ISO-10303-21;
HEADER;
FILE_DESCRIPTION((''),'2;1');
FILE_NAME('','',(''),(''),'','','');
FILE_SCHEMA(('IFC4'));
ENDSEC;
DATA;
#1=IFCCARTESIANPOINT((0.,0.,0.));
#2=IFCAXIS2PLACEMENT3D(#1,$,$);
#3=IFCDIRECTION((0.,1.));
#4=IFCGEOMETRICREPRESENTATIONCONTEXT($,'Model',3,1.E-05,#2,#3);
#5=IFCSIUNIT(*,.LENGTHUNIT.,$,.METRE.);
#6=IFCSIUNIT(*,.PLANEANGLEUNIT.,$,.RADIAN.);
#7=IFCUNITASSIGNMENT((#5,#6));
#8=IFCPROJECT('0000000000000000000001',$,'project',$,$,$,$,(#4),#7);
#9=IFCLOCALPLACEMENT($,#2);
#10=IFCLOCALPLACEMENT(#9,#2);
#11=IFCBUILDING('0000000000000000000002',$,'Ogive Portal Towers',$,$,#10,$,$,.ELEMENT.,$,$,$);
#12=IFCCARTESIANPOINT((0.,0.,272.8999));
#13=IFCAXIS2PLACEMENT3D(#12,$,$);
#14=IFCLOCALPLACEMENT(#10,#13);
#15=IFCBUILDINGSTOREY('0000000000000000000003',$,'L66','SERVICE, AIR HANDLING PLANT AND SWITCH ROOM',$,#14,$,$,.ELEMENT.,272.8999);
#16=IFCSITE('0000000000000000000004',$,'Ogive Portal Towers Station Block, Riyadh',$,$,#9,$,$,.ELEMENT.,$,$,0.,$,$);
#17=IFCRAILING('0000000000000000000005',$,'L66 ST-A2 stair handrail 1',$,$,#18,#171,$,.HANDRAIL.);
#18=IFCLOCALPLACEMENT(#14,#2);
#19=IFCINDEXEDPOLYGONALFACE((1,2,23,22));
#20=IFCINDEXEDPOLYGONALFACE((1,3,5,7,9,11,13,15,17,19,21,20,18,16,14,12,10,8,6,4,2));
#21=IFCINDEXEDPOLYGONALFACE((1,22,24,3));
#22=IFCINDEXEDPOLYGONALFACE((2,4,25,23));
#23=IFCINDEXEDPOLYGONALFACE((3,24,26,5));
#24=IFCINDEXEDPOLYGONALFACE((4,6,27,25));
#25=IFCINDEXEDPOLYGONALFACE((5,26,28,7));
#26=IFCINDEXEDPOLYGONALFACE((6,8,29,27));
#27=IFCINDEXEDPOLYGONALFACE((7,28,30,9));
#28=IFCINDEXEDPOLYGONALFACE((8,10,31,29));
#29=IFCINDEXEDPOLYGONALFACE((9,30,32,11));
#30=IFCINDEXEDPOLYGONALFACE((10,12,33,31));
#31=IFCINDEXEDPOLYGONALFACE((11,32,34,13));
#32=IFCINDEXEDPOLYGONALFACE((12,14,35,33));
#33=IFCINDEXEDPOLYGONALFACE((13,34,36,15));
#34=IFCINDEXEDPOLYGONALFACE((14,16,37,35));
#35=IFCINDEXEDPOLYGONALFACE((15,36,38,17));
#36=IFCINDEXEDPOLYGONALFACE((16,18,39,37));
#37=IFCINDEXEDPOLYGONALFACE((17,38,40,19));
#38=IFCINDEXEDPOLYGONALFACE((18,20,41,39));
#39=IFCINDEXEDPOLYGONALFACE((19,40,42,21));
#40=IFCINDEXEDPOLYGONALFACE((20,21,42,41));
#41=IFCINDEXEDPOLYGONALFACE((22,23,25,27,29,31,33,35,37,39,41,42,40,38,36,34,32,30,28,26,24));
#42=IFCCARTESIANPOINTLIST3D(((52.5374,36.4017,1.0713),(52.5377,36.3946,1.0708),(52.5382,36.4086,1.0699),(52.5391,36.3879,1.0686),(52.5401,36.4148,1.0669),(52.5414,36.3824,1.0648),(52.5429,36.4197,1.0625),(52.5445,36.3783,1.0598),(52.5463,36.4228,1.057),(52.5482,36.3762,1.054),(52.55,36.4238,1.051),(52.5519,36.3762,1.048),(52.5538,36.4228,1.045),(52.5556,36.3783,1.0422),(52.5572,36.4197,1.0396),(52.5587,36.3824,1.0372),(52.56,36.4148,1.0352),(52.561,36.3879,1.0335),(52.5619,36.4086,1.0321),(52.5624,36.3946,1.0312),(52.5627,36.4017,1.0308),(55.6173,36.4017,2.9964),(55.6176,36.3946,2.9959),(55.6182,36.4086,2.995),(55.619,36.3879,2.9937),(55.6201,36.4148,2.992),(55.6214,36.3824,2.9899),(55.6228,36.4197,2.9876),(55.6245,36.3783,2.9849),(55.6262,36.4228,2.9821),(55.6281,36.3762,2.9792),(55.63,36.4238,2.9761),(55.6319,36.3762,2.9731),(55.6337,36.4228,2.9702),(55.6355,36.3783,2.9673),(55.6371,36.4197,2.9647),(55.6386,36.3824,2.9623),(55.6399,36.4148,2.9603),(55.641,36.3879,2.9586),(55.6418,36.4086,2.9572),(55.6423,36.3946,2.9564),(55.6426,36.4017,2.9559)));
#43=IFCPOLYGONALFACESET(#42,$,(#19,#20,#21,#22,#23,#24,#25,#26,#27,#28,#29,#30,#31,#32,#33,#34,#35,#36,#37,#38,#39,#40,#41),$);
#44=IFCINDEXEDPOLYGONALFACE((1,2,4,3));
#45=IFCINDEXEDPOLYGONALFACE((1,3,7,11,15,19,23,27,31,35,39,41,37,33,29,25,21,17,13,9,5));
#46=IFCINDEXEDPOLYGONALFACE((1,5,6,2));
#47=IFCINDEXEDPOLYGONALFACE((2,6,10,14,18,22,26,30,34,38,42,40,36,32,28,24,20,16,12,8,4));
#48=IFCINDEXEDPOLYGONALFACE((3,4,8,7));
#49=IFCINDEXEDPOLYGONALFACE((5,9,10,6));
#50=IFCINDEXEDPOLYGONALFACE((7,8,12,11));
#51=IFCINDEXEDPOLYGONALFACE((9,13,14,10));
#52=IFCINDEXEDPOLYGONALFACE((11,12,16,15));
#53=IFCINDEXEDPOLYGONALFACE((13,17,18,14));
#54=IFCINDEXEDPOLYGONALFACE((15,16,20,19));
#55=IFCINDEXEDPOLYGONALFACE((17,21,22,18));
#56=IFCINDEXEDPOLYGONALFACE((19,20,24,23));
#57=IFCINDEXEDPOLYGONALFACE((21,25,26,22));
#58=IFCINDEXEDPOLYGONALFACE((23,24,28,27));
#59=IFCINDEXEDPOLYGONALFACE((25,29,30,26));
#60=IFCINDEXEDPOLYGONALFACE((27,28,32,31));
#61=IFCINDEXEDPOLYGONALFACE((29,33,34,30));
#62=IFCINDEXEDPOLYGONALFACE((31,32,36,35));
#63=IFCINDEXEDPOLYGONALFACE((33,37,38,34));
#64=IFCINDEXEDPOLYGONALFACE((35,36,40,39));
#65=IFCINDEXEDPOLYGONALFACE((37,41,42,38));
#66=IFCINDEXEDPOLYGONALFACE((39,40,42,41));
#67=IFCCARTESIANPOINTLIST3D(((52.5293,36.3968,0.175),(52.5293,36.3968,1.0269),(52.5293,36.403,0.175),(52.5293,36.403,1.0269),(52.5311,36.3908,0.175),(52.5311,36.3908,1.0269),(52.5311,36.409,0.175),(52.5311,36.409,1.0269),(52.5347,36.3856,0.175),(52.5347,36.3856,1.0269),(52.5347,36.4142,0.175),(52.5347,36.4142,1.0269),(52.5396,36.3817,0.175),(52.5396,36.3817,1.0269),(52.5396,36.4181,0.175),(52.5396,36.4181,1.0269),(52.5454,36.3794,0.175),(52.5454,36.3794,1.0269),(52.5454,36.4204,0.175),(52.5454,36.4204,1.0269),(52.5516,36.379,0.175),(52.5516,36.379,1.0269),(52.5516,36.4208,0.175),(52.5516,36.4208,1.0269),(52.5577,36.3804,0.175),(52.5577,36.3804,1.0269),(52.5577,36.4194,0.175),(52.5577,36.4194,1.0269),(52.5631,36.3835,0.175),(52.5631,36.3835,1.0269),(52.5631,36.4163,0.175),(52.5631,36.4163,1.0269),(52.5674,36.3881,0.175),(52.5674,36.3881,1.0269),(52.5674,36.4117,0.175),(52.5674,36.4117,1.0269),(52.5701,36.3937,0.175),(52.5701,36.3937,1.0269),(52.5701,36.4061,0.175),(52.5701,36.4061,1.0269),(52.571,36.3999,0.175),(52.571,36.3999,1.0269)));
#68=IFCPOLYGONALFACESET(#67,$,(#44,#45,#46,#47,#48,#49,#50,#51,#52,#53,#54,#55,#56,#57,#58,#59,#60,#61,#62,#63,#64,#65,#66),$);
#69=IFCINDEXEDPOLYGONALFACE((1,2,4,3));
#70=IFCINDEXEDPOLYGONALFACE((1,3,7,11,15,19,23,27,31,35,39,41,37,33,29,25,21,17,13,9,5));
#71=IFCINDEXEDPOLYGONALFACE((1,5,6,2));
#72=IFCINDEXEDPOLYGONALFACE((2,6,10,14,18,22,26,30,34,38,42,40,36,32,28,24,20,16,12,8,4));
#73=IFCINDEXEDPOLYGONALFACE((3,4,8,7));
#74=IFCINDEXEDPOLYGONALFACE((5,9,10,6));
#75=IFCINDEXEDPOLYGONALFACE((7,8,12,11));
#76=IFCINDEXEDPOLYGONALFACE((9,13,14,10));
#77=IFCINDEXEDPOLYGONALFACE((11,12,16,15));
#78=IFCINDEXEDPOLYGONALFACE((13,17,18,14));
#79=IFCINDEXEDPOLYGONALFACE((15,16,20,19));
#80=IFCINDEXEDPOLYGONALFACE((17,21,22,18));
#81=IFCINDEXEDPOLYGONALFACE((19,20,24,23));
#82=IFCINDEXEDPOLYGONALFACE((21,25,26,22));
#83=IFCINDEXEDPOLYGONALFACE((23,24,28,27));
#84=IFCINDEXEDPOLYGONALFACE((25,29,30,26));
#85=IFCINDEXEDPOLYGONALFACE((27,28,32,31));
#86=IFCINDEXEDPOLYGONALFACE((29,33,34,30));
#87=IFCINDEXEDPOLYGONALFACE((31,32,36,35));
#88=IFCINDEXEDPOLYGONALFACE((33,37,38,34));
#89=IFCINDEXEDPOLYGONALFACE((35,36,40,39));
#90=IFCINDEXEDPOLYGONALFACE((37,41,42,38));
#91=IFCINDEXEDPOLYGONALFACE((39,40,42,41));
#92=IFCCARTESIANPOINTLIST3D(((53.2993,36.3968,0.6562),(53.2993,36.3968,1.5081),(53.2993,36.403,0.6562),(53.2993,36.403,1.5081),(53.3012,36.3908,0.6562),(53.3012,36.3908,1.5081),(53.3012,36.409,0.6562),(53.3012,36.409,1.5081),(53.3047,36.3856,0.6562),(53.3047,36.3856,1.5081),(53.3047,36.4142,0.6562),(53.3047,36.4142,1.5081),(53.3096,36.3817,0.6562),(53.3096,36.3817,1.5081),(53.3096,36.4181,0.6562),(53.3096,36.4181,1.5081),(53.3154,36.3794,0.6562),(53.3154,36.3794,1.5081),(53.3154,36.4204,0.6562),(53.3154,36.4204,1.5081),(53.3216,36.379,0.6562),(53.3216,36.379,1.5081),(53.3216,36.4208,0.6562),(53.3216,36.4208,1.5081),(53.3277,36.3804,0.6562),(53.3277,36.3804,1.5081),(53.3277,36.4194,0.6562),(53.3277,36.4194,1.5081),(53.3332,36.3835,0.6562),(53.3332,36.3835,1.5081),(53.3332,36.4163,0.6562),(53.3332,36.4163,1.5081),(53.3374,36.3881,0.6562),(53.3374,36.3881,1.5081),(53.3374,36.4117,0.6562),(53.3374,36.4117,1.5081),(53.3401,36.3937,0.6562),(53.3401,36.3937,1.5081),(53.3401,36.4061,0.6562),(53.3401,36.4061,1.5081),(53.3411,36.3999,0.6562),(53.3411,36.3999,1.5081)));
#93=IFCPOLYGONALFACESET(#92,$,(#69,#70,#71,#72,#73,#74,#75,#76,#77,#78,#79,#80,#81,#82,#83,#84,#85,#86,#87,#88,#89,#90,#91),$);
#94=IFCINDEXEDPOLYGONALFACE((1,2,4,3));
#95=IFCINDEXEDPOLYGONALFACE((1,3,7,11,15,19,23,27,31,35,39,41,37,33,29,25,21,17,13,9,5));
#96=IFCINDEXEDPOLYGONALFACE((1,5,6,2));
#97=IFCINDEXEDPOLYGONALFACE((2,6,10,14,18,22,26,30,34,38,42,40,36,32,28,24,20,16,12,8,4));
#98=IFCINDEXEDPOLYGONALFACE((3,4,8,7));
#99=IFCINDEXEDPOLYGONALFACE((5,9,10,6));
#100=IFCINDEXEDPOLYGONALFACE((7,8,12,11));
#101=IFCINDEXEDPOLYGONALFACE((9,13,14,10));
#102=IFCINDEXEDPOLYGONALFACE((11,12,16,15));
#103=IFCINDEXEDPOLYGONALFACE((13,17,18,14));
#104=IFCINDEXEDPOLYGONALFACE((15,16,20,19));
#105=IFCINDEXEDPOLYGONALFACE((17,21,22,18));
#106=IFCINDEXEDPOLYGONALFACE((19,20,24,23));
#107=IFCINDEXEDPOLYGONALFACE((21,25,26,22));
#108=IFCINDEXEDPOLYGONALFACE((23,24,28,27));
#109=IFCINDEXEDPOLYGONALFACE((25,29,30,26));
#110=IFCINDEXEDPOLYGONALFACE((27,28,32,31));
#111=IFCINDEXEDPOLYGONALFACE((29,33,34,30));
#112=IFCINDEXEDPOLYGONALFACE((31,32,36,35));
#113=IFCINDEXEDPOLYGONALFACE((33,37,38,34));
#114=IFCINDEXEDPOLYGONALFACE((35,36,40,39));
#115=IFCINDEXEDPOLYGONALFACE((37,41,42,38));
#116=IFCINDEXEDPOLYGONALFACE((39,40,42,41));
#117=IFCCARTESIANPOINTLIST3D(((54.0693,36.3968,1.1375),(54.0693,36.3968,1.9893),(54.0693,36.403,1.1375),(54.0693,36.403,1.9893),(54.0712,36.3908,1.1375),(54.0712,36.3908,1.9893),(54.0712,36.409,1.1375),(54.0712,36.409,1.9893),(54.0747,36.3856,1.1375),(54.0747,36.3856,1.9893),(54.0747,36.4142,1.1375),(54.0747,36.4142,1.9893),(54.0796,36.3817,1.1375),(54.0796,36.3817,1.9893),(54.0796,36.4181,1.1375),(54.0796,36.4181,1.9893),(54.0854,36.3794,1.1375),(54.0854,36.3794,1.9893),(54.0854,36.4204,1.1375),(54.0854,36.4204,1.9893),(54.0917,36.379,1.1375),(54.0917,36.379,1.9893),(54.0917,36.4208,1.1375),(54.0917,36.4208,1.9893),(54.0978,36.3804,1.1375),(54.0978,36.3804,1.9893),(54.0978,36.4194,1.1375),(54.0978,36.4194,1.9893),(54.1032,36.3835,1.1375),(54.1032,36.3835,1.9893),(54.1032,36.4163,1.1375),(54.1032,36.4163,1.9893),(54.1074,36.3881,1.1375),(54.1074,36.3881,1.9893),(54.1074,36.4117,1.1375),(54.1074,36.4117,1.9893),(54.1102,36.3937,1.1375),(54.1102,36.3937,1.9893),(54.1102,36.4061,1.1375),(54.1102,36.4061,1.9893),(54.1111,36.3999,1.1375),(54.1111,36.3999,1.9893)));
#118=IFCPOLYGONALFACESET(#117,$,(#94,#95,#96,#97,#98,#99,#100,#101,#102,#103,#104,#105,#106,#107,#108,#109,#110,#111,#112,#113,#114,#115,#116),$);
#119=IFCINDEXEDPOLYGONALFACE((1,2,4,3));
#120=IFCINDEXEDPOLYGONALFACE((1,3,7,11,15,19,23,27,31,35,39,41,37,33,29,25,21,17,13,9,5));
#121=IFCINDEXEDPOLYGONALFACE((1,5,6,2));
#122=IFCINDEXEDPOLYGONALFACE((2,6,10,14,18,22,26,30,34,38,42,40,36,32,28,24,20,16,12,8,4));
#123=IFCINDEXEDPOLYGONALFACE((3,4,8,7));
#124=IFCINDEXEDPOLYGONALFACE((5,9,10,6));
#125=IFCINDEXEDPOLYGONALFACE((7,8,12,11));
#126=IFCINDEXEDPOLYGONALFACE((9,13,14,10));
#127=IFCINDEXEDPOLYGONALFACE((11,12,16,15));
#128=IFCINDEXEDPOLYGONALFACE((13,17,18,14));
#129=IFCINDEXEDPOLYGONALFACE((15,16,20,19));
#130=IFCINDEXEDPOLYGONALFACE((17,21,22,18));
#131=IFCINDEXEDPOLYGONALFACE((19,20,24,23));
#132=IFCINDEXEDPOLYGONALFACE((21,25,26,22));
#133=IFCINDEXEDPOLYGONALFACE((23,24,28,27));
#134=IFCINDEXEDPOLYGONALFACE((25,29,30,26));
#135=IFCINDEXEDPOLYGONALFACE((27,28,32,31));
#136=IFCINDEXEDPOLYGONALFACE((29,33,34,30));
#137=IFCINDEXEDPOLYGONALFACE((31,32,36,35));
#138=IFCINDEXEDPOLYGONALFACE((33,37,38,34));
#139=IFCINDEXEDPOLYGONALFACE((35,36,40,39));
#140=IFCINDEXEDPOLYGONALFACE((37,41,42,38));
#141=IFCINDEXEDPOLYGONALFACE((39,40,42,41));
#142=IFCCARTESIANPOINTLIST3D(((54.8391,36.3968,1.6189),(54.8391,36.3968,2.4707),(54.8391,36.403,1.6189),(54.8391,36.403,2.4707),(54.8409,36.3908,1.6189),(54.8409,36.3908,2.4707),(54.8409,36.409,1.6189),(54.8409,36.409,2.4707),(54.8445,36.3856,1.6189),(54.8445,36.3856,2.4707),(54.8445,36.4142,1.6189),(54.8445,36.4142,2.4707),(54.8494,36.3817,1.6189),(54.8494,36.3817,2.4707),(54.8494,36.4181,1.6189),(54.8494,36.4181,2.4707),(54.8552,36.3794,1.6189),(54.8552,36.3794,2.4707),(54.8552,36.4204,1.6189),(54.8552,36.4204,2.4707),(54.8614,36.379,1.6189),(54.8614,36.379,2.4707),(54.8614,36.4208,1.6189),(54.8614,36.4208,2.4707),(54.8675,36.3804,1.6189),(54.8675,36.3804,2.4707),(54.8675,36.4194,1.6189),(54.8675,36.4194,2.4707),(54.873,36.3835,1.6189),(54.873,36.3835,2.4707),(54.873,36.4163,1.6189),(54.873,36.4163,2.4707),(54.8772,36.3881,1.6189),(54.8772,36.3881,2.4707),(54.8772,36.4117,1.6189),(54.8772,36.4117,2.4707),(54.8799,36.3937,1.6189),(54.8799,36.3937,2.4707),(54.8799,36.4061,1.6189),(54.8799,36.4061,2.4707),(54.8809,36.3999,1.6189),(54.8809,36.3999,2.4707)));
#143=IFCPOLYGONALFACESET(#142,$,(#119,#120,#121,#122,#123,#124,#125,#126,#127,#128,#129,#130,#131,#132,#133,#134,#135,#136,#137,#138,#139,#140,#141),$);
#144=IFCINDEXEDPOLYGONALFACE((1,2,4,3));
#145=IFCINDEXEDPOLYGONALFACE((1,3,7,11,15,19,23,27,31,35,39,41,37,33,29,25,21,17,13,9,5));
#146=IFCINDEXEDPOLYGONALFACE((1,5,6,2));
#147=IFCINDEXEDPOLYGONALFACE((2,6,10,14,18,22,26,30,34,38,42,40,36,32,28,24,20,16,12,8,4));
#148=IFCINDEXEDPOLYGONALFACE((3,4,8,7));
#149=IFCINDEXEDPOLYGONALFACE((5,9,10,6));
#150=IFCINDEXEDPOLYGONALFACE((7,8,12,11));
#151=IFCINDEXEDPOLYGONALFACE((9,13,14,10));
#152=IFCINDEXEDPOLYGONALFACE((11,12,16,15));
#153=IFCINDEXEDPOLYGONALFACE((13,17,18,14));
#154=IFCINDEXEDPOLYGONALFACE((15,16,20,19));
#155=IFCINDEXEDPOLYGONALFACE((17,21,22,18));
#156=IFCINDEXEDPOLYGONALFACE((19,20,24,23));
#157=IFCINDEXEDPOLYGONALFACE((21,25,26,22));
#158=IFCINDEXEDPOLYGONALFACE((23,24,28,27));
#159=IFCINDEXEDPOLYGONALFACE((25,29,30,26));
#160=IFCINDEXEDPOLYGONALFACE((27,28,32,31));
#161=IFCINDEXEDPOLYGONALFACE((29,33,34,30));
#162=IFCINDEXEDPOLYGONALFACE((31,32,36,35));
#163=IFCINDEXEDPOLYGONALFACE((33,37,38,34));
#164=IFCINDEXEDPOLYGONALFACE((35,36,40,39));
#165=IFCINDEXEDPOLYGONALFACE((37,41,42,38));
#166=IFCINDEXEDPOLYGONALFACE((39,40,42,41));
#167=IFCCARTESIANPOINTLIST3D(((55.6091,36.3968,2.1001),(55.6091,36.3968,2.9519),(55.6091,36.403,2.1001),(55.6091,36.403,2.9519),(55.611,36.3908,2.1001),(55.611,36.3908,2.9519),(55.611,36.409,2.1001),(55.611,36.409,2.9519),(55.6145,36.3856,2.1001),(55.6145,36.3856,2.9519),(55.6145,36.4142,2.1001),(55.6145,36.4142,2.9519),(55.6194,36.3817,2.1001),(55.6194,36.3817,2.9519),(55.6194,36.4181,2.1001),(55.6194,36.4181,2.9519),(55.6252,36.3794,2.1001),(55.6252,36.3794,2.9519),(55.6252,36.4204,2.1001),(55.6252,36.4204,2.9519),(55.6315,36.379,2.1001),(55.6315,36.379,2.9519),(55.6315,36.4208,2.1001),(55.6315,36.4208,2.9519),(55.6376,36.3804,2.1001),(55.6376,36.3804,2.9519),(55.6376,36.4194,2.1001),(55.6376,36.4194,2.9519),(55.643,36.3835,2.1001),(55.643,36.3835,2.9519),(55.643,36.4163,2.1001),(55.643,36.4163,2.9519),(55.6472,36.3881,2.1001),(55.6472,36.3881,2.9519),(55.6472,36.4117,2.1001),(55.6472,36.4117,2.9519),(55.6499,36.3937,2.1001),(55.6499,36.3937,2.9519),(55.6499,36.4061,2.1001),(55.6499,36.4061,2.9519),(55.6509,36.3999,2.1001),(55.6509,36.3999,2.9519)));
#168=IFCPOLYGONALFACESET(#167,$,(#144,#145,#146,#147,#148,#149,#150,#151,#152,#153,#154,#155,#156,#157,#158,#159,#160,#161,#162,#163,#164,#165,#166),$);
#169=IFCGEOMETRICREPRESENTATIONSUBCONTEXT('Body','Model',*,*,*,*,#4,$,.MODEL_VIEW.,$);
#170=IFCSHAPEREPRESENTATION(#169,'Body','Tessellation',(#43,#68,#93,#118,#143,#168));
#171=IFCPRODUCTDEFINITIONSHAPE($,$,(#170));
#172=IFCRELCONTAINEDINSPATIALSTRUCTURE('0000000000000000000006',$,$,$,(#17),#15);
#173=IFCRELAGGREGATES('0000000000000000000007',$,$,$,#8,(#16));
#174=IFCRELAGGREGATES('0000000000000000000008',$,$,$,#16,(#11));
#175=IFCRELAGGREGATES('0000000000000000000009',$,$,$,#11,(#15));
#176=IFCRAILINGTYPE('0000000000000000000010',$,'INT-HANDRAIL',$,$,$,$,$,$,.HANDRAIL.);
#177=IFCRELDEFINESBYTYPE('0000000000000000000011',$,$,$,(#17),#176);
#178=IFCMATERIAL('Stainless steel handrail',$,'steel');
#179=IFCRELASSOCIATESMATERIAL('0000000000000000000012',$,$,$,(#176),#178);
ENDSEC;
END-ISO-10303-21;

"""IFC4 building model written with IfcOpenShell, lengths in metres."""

from ifc_helpers import new_model, si_unit, direction, frame, origin, origin_2d, place, context, subcontext, project, spatial, circle, extrude, material, type_object, element, save


model = new_model("IFC4")

# Units and contexts
model_context = context("Model", 3, precision=1e-05, world=origin(), true_north=direction((0.0, 1.0)))
body_context = subcontext(model_context, "Body", "Model", "MODEL_VIEW")
ifc_project = project(units=[si_unit("LENGTHUNIT", "METRE"), si_unit("PLANEANGLEUNIT", "RADIAN")], contexts=[model_context])

# Site, building, storey
site_placement = place(None, origin())
site = spatial("IfcSite", under=ifc_project, at=site_placement, Name="Ogive Portal Towers Station Block, Riyadh", CompositionType="ELEMENT", RefElevation=0.0)
building_placement = place(site_placement, origin())
building = spatial("IfcBuilding", under=site, at=building_placement, Name="Ogive Portal Towers", CompositionType="ELEMENT")
storey_placement = place(building_placement, frame((0.0, 0.0, 272.8999)))
storey = spatial("IfcBuildingStorey", under=building, at=storey_placement, Name="L66", Description="SERVICE, AIR HANDLING PLANT AND SWITCH ROOM", CompositionType="ELEMENT", Elevation=272.8999)

# Railing
ifc_material_1 = material(Name="Stainless steel handrail", Category="steel")
railing_type_1 = type_object("IfcRailingType", Name="INT-HANDRAIL", PredefinedType="HANDRAIL", material=ifc_material_1)
railing_1_placement = place(storey_placement, frame((52.55, 36.3999, 0.175)))
element("IfcRailing", 1, at=railing_1_placement, inside=storey, type_object=railing_type_1, Name="L66 ST-A2 stair handrail 1", PredefinedType="HANDRAIL", context=body_context, shape_type="SweptSolid", body=[
    extrude(circle(Radius=0.0239, at=origin_2d()), frame((0.0, 0.0, 0.876), z_axis=(0.847979, 0.0, 0.530029), x_axis=(0.0, 1.0, 0.0)), (0.0, 0.0, 1.0), 3.6321),
    extrude(circle(Radius=0.021, at=origin_2d()), origin(), (0.0, 0.0, 1.0), 0.8518),
    extrude(circle(Radius=0.021, at=origin_2d()), frame((0.77, 0.0, 0.4812)), (0.0, 0.0, 1.0), 0.8518),
    extrude(circle(Radius=0.021, at=origin_2d()), frame((1.54, 0.0, 0.9624)), (0.0, 0.0, 1.0), 0.8518),
    extrude(circle(Radius=0.021, at=origin_2d()), frame((2.3098, 0.0, 1.4438)), (0.0, 0.0, 1.0), 0.8518),
    extrude(circle(Radius=0.021, at=origin_2d()), frame((3.0798, 0.0, 1.925)), (0.0, 0.0, 1.0), 0.8518),
])

save(model, "model.ifc")
